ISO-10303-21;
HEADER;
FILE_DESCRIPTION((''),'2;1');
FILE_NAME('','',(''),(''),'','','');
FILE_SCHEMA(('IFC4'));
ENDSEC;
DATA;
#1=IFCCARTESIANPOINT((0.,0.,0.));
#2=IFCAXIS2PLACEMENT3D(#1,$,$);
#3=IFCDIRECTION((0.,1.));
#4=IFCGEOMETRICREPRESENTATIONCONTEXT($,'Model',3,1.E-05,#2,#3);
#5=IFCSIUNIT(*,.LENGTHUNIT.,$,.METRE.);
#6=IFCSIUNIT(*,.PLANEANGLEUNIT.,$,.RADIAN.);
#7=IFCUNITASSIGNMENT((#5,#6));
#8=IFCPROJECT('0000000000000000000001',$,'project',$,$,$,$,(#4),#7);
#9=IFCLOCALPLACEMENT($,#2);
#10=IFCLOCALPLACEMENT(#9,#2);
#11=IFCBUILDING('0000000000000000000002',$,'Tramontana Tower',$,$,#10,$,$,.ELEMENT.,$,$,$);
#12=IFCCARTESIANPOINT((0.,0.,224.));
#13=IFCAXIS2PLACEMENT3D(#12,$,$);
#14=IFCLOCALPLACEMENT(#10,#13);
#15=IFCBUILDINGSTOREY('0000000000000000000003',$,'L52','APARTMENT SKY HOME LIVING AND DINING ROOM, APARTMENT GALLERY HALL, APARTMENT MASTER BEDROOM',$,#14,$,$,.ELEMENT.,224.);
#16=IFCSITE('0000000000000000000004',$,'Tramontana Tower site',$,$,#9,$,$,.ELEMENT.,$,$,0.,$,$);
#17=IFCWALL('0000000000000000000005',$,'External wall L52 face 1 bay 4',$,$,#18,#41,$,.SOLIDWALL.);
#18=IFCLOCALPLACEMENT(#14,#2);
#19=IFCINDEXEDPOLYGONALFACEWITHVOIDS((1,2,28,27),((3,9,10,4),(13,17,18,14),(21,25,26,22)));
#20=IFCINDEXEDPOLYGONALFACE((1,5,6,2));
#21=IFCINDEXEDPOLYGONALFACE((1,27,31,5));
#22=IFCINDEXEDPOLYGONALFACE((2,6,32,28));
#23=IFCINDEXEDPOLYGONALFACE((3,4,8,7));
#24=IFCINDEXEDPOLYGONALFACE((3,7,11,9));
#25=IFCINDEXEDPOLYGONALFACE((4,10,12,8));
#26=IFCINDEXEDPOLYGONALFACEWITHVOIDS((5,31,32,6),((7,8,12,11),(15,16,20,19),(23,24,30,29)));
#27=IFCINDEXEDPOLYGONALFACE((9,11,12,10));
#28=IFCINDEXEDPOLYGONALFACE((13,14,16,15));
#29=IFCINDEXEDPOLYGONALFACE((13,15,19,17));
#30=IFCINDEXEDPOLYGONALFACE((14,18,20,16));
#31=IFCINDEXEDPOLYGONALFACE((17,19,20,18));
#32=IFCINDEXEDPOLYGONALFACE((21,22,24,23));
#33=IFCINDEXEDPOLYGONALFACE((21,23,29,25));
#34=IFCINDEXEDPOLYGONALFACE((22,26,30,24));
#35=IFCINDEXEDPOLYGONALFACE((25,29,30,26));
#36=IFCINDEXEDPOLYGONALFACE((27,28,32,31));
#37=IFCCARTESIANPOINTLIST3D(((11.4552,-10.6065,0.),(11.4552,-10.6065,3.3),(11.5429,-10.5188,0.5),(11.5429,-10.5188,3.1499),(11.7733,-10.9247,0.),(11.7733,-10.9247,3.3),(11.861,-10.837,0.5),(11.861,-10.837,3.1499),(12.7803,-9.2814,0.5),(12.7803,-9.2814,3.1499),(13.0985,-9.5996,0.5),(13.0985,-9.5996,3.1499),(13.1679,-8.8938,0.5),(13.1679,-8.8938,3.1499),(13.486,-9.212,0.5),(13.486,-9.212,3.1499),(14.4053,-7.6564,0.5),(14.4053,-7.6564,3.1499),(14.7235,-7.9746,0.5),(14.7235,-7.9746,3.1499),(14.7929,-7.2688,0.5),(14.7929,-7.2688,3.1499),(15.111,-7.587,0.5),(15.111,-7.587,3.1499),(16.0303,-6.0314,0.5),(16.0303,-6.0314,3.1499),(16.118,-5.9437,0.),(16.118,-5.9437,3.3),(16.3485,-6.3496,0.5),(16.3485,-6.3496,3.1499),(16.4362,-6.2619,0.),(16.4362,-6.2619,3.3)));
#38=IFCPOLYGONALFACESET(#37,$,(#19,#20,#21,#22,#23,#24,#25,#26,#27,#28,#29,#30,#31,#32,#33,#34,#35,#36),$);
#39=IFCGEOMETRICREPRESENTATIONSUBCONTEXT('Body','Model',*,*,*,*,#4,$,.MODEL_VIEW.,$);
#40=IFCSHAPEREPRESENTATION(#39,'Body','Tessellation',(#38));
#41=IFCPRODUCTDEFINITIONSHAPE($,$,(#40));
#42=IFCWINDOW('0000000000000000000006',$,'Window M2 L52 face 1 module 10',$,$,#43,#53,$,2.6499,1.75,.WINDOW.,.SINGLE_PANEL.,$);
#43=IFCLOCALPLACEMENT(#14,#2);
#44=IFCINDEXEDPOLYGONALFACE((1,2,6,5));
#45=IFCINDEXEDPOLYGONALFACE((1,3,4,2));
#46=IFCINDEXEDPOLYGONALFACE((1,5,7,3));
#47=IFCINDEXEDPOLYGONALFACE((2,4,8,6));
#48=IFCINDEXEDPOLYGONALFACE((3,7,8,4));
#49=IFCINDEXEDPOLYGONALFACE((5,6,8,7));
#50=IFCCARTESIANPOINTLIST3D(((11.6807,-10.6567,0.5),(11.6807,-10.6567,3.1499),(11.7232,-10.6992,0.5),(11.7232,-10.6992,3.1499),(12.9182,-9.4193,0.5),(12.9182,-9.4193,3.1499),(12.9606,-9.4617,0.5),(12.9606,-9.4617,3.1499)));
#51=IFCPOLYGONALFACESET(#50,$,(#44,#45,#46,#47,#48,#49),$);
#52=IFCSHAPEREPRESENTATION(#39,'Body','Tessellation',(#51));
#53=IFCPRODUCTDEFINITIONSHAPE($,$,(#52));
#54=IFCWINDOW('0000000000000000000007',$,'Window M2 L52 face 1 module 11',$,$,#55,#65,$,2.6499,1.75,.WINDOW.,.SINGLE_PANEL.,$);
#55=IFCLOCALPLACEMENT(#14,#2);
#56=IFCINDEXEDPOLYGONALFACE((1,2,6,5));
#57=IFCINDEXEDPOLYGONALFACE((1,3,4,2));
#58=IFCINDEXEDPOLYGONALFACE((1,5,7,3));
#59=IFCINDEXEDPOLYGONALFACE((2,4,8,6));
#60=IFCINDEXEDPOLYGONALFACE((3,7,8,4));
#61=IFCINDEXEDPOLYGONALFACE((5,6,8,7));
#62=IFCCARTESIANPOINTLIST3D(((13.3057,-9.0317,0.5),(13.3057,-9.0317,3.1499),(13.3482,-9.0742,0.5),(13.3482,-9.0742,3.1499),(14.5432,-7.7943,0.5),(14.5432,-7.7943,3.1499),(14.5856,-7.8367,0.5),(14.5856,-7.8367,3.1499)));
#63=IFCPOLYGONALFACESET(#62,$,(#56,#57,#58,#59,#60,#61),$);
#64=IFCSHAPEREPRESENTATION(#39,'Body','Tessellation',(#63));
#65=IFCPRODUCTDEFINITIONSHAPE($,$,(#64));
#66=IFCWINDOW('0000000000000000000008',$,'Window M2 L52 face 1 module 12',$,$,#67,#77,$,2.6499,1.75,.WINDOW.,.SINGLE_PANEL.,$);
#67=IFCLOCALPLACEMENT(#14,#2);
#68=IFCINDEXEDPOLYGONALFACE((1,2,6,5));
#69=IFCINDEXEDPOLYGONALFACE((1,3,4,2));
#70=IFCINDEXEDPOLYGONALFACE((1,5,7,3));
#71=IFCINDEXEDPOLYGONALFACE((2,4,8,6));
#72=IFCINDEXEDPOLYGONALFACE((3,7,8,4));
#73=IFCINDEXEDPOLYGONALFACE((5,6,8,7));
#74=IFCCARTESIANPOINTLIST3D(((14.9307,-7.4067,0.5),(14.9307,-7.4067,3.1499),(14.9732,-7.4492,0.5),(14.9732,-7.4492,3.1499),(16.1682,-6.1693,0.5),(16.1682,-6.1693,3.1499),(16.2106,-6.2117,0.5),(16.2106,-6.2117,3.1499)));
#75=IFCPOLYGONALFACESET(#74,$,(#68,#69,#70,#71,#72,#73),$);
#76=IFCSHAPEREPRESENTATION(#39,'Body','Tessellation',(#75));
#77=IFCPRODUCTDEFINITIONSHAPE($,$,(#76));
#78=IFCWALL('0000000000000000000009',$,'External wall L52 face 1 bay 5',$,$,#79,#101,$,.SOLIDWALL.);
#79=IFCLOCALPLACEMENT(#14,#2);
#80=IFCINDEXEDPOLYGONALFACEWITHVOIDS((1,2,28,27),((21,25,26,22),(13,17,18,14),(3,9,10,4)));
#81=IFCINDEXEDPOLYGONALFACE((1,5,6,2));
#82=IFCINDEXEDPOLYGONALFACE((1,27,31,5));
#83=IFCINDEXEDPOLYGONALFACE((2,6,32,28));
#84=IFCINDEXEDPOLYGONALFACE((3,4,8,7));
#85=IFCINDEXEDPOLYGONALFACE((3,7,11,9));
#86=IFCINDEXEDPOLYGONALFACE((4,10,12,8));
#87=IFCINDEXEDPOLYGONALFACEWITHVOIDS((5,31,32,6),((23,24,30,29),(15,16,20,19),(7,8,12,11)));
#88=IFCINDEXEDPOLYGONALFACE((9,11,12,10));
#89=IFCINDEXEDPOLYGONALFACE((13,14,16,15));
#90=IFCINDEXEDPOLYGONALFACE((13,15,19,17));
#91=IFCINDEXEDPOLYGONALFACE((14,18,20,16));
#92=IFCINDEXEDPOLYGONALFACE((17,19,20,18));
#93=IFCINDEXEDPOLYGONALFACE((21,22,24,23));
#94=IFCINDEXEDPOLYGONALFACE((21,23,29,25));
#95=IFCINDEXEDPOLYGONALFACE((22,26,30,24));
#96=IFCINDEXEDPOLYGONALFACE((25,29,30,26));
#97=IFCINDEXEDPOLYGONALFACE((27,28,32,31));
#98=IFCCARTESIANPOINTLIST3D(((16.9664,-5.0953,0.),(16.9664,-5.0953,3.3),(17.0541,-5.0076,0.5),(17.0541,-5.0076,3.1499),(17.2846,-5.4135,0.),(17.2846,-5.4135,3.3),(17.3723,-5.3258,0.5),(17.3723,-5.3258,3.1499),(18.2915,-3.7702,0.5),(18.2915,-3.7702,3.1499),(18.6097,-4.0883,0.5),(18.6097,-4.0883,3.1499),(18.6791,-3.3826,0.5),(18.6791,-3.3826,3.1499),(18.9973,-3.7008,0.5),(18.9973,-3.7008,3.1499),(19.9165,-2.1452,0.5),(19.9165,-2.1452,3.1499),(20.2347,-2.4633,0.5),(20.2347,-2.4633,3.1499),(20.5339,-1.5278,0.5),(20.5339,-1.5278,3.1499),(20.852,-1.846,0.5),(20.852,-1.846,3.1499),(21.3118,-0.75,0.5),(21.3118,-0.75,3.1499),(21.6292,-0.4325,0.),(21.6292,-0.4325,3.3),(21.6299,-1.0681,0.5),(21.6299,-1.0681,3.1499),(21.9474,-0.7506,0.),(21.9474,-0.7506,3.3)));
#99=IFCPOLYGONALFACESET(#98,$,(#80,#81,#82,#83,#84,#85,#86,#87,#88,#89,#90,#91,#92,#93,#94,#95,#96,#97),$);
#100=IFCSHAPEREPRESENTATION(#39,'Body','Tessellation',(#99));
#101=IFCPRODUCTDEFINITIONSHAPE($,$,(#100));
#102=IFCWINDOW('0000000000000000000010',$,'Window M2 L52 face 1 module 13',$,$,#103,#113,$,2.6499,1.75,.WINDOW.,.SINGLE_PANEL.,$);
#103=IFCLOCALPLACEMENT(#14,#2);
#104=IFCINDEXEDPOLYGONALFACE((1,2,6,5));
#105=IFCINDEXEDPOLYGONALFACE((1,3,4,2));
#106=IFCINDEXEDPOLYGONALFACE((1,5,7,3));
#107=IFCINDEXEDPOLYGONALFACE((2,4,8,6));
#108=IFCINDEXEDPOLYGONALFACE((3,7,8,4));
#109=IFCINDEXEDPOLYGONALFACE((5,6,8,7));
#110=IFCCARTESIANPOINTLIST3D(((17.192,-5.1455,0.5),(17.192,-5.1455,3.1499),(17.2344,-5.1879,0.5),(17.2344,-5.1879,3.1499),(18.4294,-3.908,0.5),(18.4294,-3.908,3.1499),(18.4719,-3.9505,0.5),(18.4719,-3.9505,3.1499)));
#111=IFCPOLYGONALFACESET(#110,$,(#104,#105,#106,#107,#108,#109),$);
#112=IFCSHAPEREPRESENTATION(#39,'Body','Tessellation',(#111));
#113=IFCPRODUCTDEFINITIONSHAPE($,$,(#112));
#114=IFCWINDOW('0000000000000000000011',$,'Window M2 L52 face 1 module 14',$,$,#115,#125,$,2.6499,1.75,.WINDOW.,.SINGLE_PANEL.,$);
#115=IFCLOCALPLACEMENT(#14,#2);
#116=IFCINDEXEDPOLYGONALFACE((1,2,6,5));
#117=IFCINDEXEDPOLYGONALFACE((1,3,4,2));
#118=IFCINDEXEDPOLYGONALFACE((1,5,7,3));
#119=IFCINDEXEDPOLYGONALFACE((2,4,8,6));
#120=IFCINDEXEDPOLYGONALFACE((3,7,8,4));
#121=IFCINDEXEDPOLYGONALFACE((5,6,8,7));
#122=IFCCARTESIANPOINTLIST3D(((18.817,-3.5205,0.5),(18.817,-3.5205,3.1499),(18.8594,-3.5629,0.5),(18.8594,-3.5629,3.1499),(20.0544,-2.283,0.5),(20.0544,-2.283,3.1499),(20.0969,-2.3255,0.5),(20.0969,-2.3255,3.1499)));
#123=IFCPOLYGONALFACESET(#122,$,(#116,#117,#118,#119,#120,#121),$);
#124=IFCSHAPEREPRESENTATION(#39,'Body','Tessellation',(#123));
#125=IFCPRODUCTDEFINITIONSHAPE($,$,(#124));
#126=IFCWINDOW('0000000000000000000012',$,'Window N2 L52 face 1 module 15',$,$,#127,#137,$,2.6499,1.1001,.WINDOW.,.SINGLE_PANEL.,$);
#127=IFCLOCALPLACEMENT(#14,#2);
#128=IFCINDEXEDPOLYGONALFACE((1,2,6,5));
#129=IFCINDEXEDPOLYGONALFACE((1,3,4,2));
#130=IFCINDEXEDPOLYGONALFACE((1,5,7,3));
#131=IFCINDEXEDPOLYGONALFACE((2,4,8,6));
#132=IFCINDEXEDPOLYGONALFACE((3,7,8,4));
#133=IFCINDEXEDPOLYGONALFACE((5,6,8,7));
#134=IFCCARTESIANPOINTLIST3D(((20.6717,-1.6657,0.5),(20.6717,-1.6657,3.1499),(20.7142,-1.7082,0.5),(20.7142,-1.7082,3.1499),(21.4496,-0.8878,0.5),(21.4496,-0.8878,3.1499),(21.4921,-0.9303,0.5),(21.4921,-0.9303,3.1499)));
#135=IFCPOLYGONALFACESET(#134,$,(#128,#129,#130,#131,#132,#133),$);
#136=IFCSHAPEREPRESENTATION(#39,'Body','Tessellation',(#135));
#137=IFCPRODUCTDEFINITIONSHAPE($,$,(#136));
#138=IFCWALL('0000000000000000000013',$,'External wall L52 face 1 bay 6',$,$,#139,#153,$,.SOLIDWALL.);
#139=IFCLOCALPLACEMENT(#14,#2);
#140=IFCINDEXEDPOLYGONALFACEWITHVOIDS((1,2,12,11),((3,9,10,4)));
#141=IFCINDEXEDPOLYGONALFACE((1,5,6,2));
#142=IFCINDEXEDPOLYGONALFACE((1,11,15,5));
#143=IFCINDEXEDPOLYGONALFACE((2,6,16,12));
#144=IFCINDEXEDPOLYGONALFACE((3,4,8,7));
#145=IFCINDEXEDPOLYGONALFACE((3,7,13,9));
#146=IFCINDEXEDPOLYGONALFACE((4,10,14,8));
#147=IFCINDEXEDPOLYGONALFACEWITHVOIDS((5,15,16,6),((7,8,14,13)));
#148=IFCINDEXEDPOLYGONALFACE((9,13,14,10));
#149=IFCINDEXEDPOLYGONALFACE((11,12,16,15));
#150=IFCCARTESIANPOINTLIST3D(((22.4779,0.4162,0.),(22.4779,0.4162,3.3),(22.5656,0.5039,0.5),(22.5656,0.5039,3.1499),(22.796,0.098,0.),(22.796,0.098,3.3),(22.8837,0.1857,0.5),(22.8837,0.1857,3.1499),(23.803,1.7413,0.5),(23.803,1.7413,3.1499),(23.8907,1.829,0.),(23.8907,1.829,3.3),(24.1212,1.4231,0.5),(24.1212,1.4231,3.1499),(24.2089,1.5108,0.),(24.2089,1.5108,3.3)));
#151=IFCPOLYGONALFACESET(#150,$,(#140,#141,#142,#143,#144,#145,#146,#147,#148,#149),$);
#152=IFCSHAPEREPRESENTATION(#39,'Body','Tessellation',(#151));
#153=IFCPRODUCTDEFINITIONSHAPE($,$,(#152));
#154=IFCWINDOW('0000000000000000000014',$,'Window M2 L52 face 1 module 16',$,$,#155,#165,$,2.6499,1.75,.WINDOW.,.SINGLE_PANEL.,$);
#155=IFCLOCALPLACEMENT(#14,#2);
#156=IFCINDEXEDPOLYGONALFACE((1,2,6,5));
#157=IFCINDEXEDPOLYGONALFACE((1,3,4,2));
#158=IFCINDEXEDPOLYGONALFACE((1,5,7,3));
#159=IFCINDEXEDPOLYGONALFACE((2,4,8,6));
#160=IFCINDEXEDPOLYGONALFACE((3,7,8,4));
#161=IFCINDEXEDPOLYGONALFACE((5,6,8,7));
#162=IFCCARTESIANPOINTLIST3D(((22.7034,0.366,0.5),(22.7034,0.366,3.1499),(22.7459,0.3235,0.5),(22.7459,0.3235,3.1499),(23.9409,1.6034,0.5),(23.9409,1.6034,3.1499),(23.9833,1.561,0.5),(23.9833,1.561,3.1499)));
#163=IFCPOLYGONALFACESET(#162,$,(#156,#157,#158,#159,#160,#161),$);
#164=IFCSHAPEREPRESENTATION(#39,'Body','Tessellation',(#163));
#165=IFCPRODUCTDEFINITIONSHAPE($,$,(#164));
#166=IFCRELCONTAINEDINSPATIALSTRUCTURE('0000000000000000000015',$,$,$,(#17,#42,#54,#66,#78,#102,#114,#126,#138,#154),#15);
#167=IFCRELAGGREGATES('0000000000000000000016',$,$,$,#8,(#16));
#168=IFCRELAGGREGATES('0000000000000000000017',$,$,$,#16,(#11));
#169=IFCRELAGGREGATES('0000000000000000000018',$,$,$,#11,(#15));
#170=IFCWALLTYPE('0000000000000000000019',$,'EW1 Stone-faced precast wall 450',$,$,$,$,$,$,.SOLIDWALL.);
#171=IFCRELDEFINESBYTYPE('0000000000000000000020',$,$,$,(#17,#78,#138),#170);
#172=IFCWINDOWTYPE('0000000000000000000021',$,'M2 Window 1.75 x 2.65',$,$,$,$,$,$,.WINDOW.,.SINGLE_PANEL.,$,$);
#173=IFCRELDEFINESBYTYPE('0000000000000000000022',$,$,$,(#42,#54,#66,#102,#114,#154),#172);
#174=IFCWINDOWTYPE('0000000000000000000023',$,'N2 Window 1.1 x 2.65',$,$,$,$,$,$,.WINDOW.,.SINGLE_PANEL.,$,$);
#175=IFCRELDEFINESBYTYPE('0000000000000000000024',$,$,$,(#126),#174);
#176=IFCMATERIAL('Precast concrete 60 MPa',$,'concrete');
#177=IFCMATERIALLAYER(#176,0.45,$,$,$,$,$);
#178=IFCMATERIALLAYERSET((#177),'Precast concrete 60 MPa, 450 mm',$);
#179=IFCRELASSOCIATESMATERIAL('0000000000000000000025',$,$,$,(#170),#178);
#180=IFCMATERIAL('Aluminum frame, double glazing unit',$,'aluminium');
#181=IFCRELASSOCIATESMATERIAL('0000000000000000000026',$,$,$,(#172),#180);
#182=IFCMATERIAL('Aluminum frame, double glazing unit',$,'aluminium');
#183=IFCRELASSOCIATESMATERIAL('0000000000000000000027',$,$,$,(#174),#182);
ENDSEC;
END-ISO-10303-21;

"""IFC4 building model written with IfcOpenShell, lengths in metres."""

from ifc_helpers import new_model, si_unit, direction, frame, frame_2d, origin, place, context, subcontext, project, spatial, rectangle, extrude, material, layer, layer_set, type_object, element, fill, save


model = new_model("IFC4")

# Units and contexts
model_context = context("Model", 3, precision=1e-05, world=origin(), true_north=direction((0.0, 1.0)))
body_context = subcontext(model_context, "Body", "Model", "MODEL_VIEW")
ifc_project = project(units=[si_unit("LENGTHUNIT", "METRE"), si_unit("PLANEANGLEUNIT", "RADIAN")], contexts=[model_context])

# Site, building, storey
site_placement = place(None, origin())
site = spatial("IfcSite", under=ifc_project, at=site_placement, Name="Tramontana Tower site", CompositionType="ELEMENT", RefElevation=0.0)
building_placement = place(site_placement, origin())
building = spatial("IfcBuilding", under=site, at=building_placement, Name="Tramontana Tower", CompositionType="ELEMENT")
storey_placement = place(building_placement, frame((0.0, 0.0, 224.0)))
storey = spatial("IfcBuildingStorey", under=building, at=storey_placement, Name="L52", Description="APARTMENT SKY HOME LIVING AND DINING ROOM, APARTMENT GALLERY HALL, APARTMENT MASTER BEDROOM", CompositionType="ELEMENT", Elevation=224.0)

# Walls, openings, windows
ifc_material_1 = material(Name="Precast concrete 60 MPa", Category="concrete")
ifc_layer_1 = layer(ifc_material_1, 0.45)
ifc_layer_set_1 = layer_set([ifc_layer_1], Name="Precast concrete 60 MPa, 450 mm")
wall_type_1 = type_object("IfcWallType", Name="EW1 Stone-faced precast wall 450", PredefinedType="SOLIDWALL", material=ifc_layer_set_1)
wall_1_placement = place(storey_placement, frame((11.6143, -10.7656, 0.0), z_axis=(0.0, 0.0, 1.0), x_axis=(0.707107, 0.707107, 0.0)))
wall_1 = element("IfcWall", 1, at=wall_1_placement, inside=storey, type_object=wall_type_1, Name="External wall L52 face 1 bay 4", PredefinedType="SOLIDWALL", context=body_context, shape_type="SweptSolid", body=[
    extrude(rectangle(XDim=6.5942, YDim=0.45, at=frame_2d((3.2971, 0.0))), origin(), (0.0, 0.0, 1.0), 3.3),
])
opening_1_placement = place(wall_1_placement, frame((0.124, 0.0, 0.5)))
opening_1 = element("IfcOpeningElement", 2, at=opening_1_placement, cuts=wall_1, PredefinedType="OPENING", context=body_context, shape_type="SweptSolid", body=[
    extrude(rectangle(XDim=1.75, YDim=2.6499, at=frame_2d((0.875, 1.325))), frame((0.0, 0.2349, 0.0), z_axis=(0.0, -1.0, 0.0), x_axis=(1.0, 0.0, 0.0)), (0.0, 0.0, 1.0), 0.47),
])
opening_2_placement = place(wall_1_placement, frame((2.4221, 0.0, 0.5)))
opening_2 = element("IfcOpeningElement", 3, at=opening_2_placement, cuts=wall_1, PredefinedType="OPENING", context=body_context, shape_type="SweptSolid", body=[
    extrude(rectangle(XDim=1.75, YDim=2.6499, at=frame_2d((0.875, 1.325))), frame((0.0, 0.2349, 0.0), z_axis=(0.0, -1.0, 0.0), x_axis=(1.0, 0.0, 0.0)), (0.0, 0.0, 1.0), 0.47),
])
opening_3_placement = place(wall_1_placement, frame((4.7202, 0.0, 0.5)))
opening_3 = element("IfcOpeningElement", 4, at=opening_3_placement, cuts=wall_1, PredefinedType="OPENING", context=body_context, shape_type="SweptSolid", body=[
    extrude(rectangle(XDim=1.75, YDim=2.6499, at=frame_2d((0.875, 1.325))), frame((0.0, 0.2349, 0.0), z_axis=(0.0, -1.0, 0.0), x_axis=(1.0, 0.0, 0.0)), (0.0, 0.0, 1.0), 0.47),
])
ifc_material_2 = material(Name="Aluminum frame, double glazing unit", Category="aluminium")
window_type_1 = type_object("IfcWindowType", Name="M2 Window 1.75 x 2.65", PartitioningType="SINGLE_PANEL", PredefinedType="WINDOW", material=ifc_material_2)
window_1_placement = place(opening_1_placement, origin())
window_1 = element("IfcWindow", 5, at=window_1_placement, inside=storey, type_object=window_type_1, Name="Window M2 L52 face 1 module 10", OverallHeight=2.6499, OverallWidth=1.75, PartitioningType="SINGLE_PANEL", PredefinedType="WINDOW", context=body_context, shape_type="SweptSolid", body=[
    extrude(rectangle(XDim=1.75, YDim=2.6499, at=frame_2d((0.875, 1.325))), frame((0.0, 0.03, 0.0), z_axis=(0.0, -1.0, 0.0), x_axis=(1.0, 0.0, 0.0)), (0.0, 0.0, 1.0), 0.0601),
])
fill(opening_1, window_1)
window_2_placement = place(opening_2_placement, origin())
window_2 = element("IfcWindow", 6, at=window_2_placement, inside=storey, type_object=window_type_1, Name="Window M2 L52 face 1 module 11", OverallHeight=2.6499, OverallWidth=1.75, PartitioningType="SINGLE_PANEL", PredefinedType="WINDOW", context=body_context, shape_type="SweptSolid", body=[
    extrude(rectangle(XDim=1.75, YDim=2.6499, at=frame_2d((0.875, 1.325))), frame((0.0, 0.03, 0.0), z_axis=(0.0, -1.0, 0.0), x_axis=(1.0, 0.0, 0.0)), (0.0, 0.0, 1.0), 0.0601),
])
fill(opening_2, window_2)
window_3_placement = place(opening_3_placement, origin())
window_3 = element("IfcWindow", 7, at=window_3_placement, inside=storey, type_object=window_type_1, Name="Window M2 L52 face 1 module 12", OverallHeight=2.6499, OverallWidth=1.75, PartitioningType="SINGLE_PANEL", PredefinedType="WINDOW", context=body_context, shape_type="SweptSolid", body=[
    extrude(rectangle(XDim=1.75, YDim=2.6499, at=frame_2d((0.875, 1.325))), frame((0.0, 0.03, 0.0), z_axis=(0.0, -1.0, 0.0), x_axis=(1.0, 0.0, 0.0)), (0.0, 0.0, 1.0), 0.0601),
])
fill(opening_3, window_3)
wall_2_placement = place(storey_placement, frame((17.1255, -5.2544, 0.0), z_axis=(0.0, 0.0, 1.0), x_axis=(0.707107, 0.707107, 0.0)))
wall_2 = element("IfcWall", 8, at=wall_2_placement, inside=storey, type_object=wall_type_1, Name="External wall L52 face 1 bay 5", PredefinedType="SOLIDWALL", context=body_context, shape_type="SweptSolid", body=[
    extrude(rectangle(XDim=6.5942, YDim=0.45, at=frame_2d((3.2971, 0.0))), origin(), (0.0, 0.0, 1.0), 3.3),
])
opening_4_placement = place(wall_2_placement, frame((0.124, 0.0, 0.5)))
opening_4 = element("IfcOpeningElement", 9, at=opening_4_placement, cuts=wall_2, PredefinedType="OPENING", context=body_context, shape_type="SweptSolid", body=[
    extrude(rectangle(XDim=1.75, YDim=2.6499, at=frame_2d((0.875, 1.325))), frame((0.0, 0.2349, 0.0), z_axis=(0.0, -1.0, 0.0), x_axis=(1.0, 0.0, 0.0)), (0.0, 0.0, 1.0), 0.47),
])
opening_5_placement = place(wall_2_placement, frame((2.4221, 0.0, 0.5)))
opening_5 = element("IfcOpeningElement", 10, at=opening_5_placement, cuts=wall_2, PredefinedType="OPENING", context=body_context, shape_type="SweptSolid", body=[
    extrude(rectangle(XDim=1.75, YDim=2.6499, at=frame_2d((0.875, 1.325))), frame((0.0, 0.2349, 0.0), z_axis=(0.0, -1.0, 0.0), x_axis=(1.0, 0.0, 0.0)), (0.0, 0.0, 1.0), 0.47),
])
opening_6_placement = place(wall_2_placement, frame((5.0452, 0.0, 0.5)))
opening_6 = element("IfcOpeningElement", 11, at=opening_6_placement, cuts=wall_2, PredefinedType="OPENING", context=body_context, shape_type="SweptSolid", body=[
    extrude(rectangle(XDim=1.1001, YDim=2.6499, at=frame_2d((0.55, 1.325))), frame((0.0, 0.2349, 0.0), z_axis=(0.0, -1.0, 0.0), x_axis=(1.0, 0.0, 0.0)), (0.0, 0.0, 1.0), 0.47),
])
window_4_placement = place(opening_4_placement, origin())
window_4 = element("IfcWindow", 12, at=window_4_placement, inside=storey, type_object=window_type_1, Name="Window M2 L52 face 1 module 13", OverallHeight=2.6499, OverallWidth=1.75, PartitioningType="SINGLE_PANEL", PredefinedType="WINDOW", context=body_context, shape_type="SweptSolid", body=[
    extrude(rectangle(XDim=1.75, YDim=2.6499, at=frame_2d((0.875, 1.325))), frame((0.0, 0.03, 0.0), z_axis=(0.0, -1.0, 0.0), x_axis=(1.0, 0.0, 0.0)), (0.0, 0.0, 1.0), 0.0601),
])
fill(opening_4, window_4)
window_5_placement = place(opening_5_placement, origin())
window_5 = element("IfcWindow", 13, at=window_5_placement, inside=storey, type_object=window_type_1, Name="Window M2 L52 face 1 module 14", OverallHeight=2.6499, OverallWidth=1.75, PartitioningType="SINGLE_PANEL", PredefinedType="WINDOW", context=body_context, shape_type="SweptSolid", body=[
    extrude(rectangle(XDim=1.75, YDim=2.6499, at=frame_2d((0.875, 1.325))), frame((0.0, 0.03, 0.0), z_axis=(0.0, -1.0, 0.0), x_axis=(1.0, 0.0, 0.0)), (0.0, 0.0, 1.0), 0.0601),
])
fill(opening_5, window_5)
ifc_material_3 = material(Name="Aluminum frame, double glazing unit", Category="aluminium")
window_type_2 = type_object("IfcWindowType", Name="N2 Window 1.1 x 2.65", PartitioningType="SINGLE_PANEL", PredefinedType="WINDOW", material=ifc_material_3)
window_6_placement = place(opening_6_placement, origin())
window_6 = element("IfcWindow", 14, at=window_6_placement, inside=storey, type_object=window_type_2, Name="Window N2 L52 face 1 module 15", OverallHeight=2.6499, OverallWidth=1.1001, PartitioningType="SINGLE_PANEL", PredefinedType="WINDOW", context=body_context, shape_type="SweptSolid", body=[
    extrude(rectangle(XDim=1.1001, YDim=2.6499, at=frame_2d((0.55, 1.325))), frame((0.0, 0.03, 0.0), z_axis=(0.0, -1.0, 0.0), x_axis=(1.0, 0.0, 0.0)), (0.0, 0.0, 1.0), 0.0601),
])
fill(opening_6, window_6)

# Wall, opening, window
wall_3_placement = place(storey_placement, frame((22.637, 0.2571, 0.0), z_axis=(0.0, 0.0, 1.0), x_axis=(0.707107, 0.707107, 0.0)))
wall_3 = element("IfcWall", 15, at=wall_3_placement, inside=storey, type_object=wall_type_1, Name="External wall L52 face 1 bay 6", PredefinedType="SOLIDWALL", context=body_context, shape_type="SweptSolid", body=[
    extrude(rectangle(XDim=1.998, YDim=0.45, at=frame_2d((0.999, 0.0))), origin(), (0.0, 0.0, 1.0), 3.3),
])
opening_7_placement = place(wall_3_placement, frame((0.124, 0.0, 0.5)))
opening_7 = element("IfcOpeningElement", 16, at=opening_7_placement, cuts=wall_3, PredefinedType="OPENING", context=body_context, shape_type="SweptSolid", body=[
    extrude(rectangle(XDim=1.75, YDim=2.6499, at=frame_2d((0.875, 1.325))), frame((0.0, 0.2349, 0.0), z_axis=(0.0, -1.0, 0.0), x_axis=(1.0, 0.0, 0.0)), (0.0, 0.0, 1.0), 0.47),
])
window_7_placement = place(opening_7_placement, origin())
window_7 = element("IfcWindow", 17, at=window_7_placement, inside=storey, type_object=window_type_1, Name="Window M2 L52 face 1 module 16", OverallHeight=2.6499, OverallWidth=1.75, PartitioningType="SINGLE_PANEL", PredefinedType="WINDOW", context=body_context, shape_type="SweptSolid", body=[
    extrude(rectangle(XDim=1.75, YDim=2.6499, at=frame_2d((0.875, 1.325))), frame((0.0, 0.03, 0.0), z_axis=(0.0, -1.0, 0.0), x_axis=(1.0, 0.0, 0.0)), (0.0, 0.0, 1.0), 0.0601),
])
fill(opening_7, window_7)

save(model, "model.ifc")
